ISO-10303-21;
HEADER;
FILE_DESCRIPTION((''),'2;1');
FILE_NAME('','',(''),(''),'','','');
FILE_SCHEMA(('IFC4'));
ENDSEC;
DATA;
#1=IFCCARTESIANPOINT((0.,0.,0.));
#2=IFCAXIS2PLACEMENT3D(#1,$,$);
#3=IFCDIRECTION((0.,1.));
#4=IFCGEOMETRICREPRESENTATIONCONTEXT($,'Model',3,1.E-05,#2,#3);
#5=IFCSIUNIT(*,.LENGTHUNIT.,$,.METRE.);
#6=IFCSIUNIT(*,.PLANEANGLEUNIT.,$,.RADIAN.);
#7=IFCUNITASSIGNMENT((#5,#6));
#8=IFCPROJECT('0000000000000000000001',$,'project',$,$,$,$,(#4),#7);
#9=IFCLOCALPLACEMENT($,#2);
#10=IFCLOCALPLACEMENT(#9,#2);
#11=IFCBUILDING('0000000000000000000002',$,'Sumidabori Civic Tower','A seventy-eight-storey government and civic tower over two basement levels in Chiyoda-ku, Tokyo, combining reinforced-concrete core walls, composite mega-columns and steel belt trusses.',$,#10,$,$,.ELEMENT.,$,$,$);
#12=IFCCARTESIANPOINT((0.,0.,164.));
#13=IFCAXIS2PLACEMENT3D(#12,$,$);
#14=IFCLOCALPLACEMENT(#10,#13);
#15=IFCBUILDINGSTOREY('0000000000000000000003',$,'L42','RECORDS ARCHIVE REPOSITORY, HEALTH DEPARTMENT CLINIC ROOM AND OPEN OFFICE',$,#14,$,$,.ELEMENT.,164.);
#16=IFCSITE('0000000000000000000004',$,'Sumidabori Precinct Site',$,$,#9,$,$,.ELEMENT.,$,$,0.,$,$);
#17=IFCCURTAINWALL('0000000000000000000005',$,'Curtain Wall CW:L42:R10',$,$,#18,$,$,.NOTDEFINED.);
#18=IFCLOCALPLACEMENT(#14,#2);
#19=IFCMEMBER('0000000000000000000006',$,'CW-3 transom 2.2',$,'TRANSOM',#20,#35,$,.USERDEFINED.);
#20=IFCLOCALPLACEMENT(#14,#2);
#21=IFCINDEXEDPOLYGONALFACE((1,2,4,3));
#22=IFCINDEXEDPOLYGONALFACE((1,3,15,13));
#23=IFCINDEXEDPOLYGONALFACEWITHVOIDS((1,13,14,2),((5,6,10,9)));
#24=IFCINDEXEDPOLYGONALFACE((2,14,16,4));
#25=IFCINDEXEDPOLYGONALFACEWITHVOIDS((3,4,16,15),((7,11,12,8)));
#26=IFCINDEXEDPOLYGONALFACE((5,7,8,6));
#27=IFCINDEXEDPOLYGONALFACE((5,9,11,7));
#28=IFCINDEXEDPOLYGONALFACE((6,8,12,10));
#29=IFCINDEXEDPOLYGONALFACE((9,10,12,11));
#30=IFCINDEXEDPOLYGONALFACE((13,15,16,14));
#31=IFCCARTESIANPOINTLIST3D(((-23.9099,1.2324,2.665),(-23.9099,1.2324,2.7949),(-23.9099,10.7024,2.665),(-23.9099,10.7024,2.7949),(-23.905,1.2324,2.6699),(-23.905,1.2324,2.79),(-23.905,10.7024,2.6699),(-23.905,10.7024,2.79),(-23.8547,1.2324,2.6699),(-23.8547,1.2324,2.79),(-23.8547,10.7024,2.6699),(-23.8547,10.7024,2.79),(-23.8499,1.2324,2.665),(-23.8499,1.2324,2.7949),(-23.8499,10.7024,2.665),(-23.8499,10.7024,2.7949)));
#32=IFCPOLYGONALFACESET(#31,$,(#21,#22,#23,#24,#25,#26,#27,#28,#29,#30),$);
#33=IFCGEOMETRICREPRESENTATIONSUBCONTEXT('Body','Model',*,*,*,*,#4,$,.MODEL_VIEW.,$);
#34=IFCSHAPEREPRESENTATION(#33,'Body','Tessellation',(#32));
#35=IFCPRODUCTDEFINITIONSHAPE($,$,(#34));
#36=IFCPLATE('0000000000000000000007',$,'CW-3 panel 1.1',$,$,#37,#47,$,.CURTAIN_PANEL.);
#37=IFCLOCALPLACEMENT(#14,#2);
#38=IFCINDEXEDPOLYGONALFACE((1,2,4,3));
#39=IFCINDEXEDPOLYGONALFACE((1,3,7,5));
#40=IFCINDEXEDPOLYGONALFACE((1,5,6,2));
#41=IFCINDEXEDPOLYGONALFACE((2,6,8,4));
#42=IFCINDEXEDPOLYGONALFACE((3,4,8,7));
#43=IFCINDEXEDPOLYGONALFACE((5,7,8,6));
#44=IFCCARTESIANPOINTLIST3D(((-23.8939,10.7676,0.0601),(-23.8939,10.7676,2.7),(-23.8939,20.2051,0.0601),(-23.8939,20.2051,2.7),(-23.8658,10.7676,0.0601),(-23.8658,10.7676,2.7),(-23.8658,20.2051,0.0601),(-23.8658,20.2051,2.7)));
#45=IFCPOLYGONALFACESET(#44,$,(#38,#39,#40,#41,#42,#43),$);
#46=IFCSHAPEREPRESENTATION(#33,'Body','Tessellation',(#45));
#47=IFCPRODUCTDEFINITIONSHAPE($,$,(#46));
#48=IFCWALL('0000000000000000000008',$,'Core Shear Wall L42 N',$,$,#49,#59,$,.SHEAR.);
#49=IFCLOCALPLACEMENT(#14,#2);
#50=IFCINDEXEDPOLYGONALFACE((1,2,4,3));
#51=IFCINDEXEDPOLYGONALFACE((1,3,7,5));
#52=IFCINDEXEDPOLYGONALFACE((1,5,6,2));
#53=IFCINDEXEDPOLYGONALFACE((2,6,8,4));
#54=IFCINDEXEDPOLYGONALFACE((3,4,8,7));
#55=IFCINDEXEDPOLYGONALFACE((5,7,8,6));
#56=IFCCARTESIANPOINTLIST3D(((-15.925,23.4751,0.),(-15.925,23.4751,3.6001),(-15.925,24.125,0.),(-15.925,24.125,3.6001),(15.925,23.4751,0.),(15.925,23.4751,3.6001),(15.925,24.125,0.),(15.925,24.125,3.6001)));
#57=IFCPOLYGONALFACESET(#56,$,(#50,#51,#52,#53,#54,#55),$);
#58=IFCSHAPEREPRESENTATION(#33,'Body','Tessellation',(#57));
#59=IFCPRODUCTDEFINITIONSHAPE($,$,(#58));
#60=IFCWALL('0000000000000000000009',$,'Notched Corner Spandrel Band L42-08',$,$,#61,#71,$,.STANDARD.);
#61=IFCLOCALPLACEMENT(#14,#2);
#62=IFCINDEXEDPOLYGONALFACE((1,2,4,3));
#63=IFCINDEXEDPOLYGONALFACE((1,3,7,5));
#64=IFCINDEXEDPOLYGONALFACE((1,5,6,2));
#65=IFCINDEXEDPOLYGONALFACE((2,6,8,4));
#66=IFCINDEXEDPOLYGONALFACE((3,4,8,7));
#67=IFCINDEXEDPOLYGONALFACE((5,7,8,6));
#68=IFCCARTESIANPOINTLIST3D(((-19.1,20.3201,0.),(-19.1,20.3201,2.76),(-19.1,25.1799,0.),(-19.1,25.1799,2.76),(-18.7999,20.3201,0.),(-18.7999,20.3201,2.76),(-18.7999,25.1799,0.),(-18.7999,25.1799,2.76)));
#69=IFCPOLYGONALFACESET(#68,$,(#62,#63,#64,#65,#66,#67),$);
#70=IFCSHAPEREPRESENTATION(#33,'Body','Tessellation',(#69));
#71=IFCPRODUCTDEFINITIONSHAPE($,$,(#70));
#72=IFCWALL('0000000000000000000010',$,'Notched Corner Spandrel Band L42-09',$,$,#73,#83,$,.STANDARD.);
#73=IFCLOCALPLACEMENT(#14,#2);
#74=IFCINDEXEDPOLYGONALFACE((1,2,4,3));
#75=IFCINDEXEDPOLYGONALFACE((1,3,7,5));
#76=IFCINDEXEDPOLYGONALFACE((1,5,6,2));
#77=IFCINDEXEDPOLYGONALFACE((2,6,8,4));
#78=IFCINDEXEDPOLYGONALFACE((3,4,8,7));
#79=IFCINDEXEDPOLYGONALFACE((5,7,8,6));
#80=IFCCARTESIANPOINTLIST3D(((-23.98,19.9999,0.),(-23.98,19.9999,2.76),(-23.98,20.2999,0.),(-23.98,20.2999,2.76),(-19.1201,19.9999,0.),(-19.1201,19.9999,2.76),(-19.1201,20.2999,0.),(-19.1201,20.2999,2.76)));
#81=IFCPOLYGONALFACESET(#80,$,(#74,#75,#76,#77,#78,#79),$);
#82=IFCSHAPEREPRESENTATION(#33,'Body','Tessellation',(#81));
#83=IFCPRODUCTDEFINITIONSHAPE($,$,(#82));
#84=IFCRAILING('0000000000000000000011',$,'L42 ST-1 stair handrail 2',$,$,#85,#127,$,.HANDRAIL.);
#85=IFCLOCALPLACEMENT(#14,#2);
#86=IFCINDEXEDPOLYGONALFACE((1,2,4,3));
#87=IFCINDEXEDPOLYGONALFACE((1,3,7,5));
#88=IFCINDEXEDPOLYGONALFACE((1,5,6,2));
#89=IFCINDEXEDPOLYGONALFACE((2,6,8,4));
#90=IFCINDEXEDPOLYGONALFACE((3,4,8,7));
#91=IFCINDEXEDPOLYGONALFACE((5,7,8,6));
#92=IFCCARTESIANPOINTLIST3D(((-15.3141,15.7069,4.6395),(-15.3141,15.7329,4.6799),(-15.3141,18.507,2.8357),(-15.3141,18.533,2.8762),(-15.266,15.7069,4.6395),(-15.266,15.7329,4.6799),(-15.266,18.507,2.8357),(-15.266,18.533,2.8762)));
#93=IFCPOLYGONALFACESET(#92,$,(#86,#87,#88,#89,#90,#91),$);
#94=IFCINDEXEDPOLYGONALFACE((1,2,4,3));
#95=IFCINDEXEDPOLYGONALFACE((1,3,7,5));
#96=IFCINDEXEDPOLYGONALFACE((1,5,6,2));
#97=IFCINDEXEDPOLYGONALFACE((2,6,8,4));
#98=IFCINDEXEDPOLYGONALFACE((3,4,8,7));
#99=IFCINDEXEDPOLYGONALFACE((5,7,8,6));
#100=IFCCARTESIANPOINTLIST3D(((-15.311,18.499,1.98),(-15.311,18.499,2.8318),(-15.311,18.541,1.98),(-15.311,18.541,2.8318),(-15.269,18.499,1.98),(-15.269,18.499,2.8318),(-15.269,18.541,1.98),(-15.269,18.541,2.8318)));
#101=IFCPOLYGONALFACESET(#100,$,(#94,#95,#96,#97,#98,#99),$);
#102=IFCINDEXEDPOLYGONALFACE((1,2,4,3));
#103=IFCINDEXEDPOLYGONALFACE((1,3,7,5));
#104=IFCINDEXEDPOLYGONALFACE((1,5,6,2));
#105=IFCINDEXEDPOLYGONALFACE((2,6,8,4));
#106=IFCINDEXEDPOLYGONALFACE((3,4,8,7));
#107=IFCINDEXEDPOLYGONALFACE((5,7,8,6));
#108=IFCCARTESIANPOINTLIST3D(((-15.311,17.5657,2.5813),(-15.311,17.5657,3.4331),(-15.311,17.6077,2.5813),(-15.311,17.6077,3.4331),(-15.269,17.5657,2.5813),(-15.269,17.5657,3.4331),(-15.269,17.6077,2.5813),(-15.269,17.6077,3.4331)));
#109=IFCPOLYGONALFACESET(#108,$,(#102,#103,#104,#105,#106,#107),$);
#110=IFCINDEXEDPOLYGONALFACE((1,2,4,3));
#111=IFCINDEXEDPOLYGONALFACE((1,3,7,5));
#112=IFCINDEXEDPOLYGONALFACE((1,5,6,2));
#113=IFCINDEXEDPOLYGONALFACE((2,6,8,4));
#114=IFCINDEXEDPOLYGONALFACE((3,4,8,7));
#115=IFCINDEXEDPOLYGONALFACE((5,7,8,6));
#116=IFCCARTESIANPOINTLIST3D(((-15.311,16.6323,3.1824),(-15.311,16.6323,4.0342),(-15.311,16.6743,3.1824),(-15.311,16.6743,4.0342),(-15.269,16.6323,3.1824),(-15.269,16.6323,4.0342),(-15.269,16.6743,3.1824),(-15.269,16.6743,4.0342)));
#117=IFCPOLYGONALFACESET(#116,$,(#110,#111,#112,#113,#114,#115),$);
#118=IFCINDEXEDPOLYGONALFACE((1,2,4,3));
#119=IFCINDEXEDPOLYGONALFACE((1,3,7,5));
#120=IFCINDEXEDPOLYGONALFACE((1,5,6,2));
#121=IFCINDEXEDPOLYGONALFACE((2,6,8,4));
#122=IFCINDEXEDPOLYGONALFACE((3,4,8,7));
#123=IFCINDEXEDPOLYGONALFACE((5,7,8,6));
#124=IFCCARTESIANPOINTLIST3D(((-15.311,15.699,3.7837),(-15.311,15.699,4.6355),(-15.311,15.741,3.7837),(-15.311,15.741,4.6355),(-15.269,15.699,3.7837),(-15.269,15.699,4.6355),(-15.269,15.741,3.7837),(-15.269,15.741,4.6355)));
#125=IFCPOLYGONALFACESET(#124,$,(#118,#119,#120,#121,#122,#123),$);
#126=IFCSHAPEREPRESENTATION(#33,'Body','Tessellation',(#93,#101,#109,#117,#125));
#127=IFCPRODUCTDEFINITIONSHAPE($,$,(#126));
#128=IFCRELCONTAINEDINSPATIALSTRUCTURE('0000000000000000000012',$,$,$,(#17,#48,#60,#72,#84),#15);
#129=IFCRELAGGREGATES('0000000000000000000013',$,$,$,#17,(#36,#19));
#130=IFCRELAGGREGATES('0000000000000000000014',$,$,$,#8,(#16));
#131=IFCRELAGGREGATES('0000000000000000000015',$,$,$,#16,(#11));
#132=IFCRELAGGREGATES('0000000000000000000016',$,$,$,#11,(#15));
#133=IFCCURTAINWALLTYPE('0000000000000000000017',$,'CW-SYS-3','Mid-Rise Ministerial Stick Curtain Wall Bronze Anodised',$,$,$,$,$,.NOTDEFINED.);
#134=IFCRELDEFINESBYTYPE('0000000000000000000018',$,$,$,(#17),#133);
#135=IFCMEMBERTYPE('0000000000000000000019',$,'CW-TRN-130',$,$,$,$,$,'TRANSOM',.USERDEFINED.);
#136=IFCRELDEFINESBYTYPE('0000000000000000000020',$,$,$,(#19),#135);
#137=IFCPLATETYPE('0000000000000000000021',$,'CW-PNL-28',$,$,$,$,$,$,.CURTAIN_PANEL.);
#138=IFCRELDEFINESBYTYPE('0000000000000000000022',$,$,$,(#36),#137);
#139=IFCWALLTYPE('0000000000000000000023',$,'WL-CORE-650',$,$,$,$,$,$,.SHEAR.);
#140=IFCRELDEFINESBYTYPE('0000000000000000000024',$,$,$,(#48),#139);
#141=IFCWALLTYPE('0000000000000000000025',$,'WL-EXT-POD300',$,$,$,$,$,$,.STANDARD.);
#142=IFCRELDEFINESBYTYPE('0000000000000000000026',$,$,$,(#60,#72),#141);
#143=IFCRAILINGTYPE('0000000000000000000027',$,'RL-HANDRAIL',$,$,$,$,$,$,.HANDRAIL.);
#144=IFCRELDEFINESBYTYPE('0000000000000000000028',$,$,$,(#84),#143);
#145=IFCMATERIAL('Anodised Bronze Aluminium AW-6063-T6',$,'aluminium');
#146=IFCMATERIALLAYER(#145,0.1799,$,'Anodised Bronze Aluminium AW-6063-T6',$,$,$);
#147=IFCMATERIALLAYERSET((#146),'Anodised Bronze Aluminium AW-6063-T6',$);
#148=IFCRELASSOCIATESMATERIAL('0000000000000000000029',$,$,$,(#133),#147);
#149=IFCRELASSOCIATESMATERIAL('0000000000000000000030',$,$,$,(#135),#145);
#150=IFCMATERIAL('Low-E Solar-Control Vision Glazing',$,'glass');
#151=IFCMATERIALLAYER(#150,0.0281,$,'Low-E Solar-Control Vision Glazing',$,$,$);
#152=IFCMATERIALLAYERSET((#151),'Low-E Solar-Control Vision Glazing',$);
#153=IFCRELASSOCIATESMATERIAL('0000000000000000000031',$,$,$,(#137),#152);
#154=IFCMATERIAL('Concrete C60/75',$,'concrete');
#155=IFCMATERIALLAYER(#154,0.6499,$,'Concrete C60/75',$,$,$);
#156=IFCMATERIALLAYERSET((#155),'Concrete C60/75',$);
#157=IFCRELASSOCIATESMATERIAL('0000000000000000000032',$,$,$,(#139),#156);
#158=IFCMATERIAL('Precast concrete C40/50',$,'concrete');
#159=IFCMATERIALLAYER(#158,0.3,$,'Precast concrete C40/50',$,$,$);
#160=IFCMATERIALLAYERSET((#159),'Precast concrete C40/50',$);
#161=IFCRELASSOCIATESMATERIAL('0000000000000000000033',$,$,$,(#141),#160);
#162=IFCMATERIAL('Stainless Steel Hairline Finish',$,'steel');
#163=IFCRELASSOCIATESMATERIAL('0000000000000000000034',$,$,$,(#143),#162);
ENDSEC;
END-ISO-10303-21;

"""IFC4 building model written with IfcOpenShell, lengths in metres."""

from ifc_helpers import new_model, si_unit, direction, frame, frame_2d, origin, origin_2d, place, context, subcontext, project, spatial, rectangle, hollow_rectangle, extrude, source, transform, mapped, material, layer, layer_set, material_profile, profile_set, type_object, element, aggregate, save


model = new_model("IFC4")

# Units and contexts
model_context = context("Model", 3, precision=1e-05, world=origin(), true_north=direction((0.0, 1.0)))
body_context = subcontext(model_context, "Body", "Model", "MODEL_VIEW")
ifc_project = project(units=[si_unit("LENGTHUNIT", "METRE"), si_unit("PLANEANGLEUNIT", "RADIAN")], contexts=[model_context])

# Site, building, storey
site_placement = place(None, origin())
site = spatial("IfcSite", under=ifc_project, at=site_placement, Name="Sumidabori Precinct Site", CompositionType="ELEMENT", RefElevation=0.0)
building_placement = place(site_placement, origin())
building = spatial("IfcBuilding", under=site, at=building_placement, Name="Sumidabori Civic Tower", Description="A seventy-eight-storey government and civic tower over two basement levels in Chiyoda-ku, Tokyo, combining reinforced-concrete core walls, composite mega-columns and steel belt trusses.", CompositionType="ELEMENT")
storey_placement = place(building_placement, frame((0.0, 0.0, 164.0)))
storey = spatial("IfcBuildingStorey", under=building, at=storey_placement, Name="L42", Description="RECORDS ARCHIVE REPOSITORY, HEALTH DEPARTMENT CLINIC ROOM AND OPEN OFFICE", CompositionType="ELEMENT", Elevation=164.0)

# Shared definitions
ifc_material_1 = material(Name="Concrete C60/75", Category="concrete")

# Shared definitions
ifc_material_2 = material(Name="Anodised Bronze Aluminium AW-6063-T6", Category="aluminium")
ifc_layer_1 = layer(ifc_material_2, 0.1799, Name="Anodised Bronze Aluminium AW-6063-T6")
ifc_layer_set_1 = layer_set([ifc_layer_1], Name="Anodised Bronze Aluminium AW-6063-T6")
curtain_wall_type = type_object("IfcCurtainWallType", Name="CW-SYS-3", Description="Mid-Rise Ministerial Stick Curtain Wall Bronze Anodised", PredefinedType="NOTDEFINED", material=ifc_layer_set_1)

# Curtain wall, member, plate
curtain_wall_1_placement = place(storey_placement, origin())
curtain_wall_1 = element("IfcCurtainWall", 1, at=curtain_wall_1_placement, inside=storey, type_object=curtain_wall_type, Name="Curtain Wall CW:L42:R10", PredefinedType="NOTDEFINED")
ifc_material_profile_1 = material_profile(ifc_material_2, hollow_rectangle(XDim=0.0601, YDim=0.1299, WallThickness=0.0049, at=origin_2d()), Name="ALU TRANSOM 130x60")
ifc_profile_set_1 = profile_set([ifc_material_profile_1], Name="Anodised Bronze Aluminium AW-6063-T6")
member_type_1 = type_object("IfcMemberType", Name="CW-TRN-130", ElementType="TRANSOM", PredefinedType="USERDEFINED", material=ifc_profile_set_1)
shared_shape_1 = source(origin(), body_context, "Body", "SweptSolid", [
    extrude(hollow_rectangle(XDim=0.0601, YDim=0.1299, WallThickness=0.0049, at=origin_2d()), origin(), (0.0, 0.0, 1.0), 9.47),
])
member_1_placement = place(storey_placement, frame((-23.8799, 10.7024, 2.73), z_axis=(0.0, -1.0, 0.0), x_axis=(1.0, 0.0, 0.0)))
member_1 = element("IfcMember", 2, at=member_1_placement, type_object=member_type_1, Name="CW-3 transom 2.2", ObjectType="TRANSOM", PredefinedType="USERDEFINED", context=body_context, shape_type="MappedRepresentation", body=[
    mapped(shared_shape_1, transform((0.0, 0.0, 0.0), x_axis=(1.0, 0.0, 0.0), y_axis=(0.0, 1.0, 0.0), z_axis=(0.0, 0.0, 1.0), scale=1.0)),
])
ifc_material_3 = material(Name="Low-E Solar-Control Vision Glazing", Category="glass")
ifc_layer_2 = layer(ifc_material_3, 0.0281, Name="Low-E Solar-Control Vision Glazing")
ifc_layer_set_2 = layer_set([ifc_layer_2], Name="Low-E Solar-Control Vision Glazing")
plate_type = type_object("IfcPlateType", Name="CW-PNL-28", PredefinedType="CURTAIN_PANEL", material=ifc_layer_set_2)
shared_shape_2 = source(origin(), body_context, "Body", "SweptSolid", [
    extrude(rectangle(XDim=9.4375, YDim=0.0281, at=origin_2d()), origin(), (0.0, 0.0, 1.0), 2.6399),
])
plate_placement = place(storey_placement, frame((-23.8799, 15.4863, 0.0601), z_axis=(0.0, 0.0, 1.0), x_axis=(0.0, -1.0, 0.0)))
plate = element("IfcPlate", 3, at=plate_placement, type_object=plate_type, Name="CW-3 panel 1.1", PredefinedType="CURTAIN_PANEL", context=body_context, shape_type="MappedRepresentation", body=[
    mapped(shared_shape_2, transform((0.0, 0.0, 0.0), x_axis=(1.0, 0.0, 0.0), y_axis=(0.0, 1.0, 0.0), z_axis=(0.0, 0.0, 1.0), scale=1.0)),
])
aggregate(curtain_wall_1, [plate, member_1])

# Walls
ifc_layer_3 = layer(ifc_material_1, 0.6499, Name="Concrete C60/75")
ifc_layer_set_3 = layer_set([ifc_layer_3], Name="Concrete C60/75")
wall_type_1 = type_object("IfcWallType", Name="WL-CORE-650", PredefinedType="SHEAR", material=ifc_layer_set_3)
shared_shape_3 = source(origin(), body_context, "Body", "SweptSolid", [
    extrude(rectangle(XDim=31.8501, YDim=0.6499, at=frame_2d((15.925, 0.0))), origin(), (0.0, 0.0, 1.0), 3.6001),
])
wall_placement = place(storey_placement, frame((-15.925, 23.8, 0.0), z_axis=(0.0, 0.0, 1.0), x_axis=(1.0, 0.0, 0.0)))
element("IfcWall", 4, at=wall_placement, inside=storey, type_object=wall_type_1, Name="Core Shear Wall L42 N", PredefinedType="SHEAR", context=body_context, shape_type="MappedRepresentation", body=[
    mapped(shared_shape_3, transform((0.0, 0.0, 0.0), x_axis=(1.0, 0.0, 0.0), y_axis=(0.0, 1.0, 0.0), z_axis=(0.0, 0.0, 1.0), scale=1.0)),
])
ifc_material_4 = material(Name="Precast concrete C40/50", Category="concrete")
ifc_layer_4 = layer(ifc_material_4, 0.3, Name="Precast concrete C40/50")
ifc_layer_set_4 = layer_set([ifc_layer_4], Name="Precast concrete C40/50")
wall_type_2 = type_object("IfcWallType", Name="WL-EXT-POD300", PredefinedType="STANDARD", material=ifc_layer_set_4)
shared_shape_4 = source(origin(), body_context, "Body", "SweptSolid", [
    extrude(rectangle(XDim=4.8599, YDim=0.3, at=frame_2d((2.4299, 0.0))), origin(), (0.0, 0.0, 1.0), 2.76),
])
for number, where, z_axis, x_axis, name in (
    (5, (-18.95, 25.1799, 0.0), (0.0, 0.0, 1.0), (0.0, -1.0, 0.0), "Notched Corner Spandrel Band L42-08"),
    (6, (-19.1201, 20.1499, 0.0), (0.0, 0.0, 1.0), (-1.0, 0.0, 0.0), "Notched Corner Spandrel Band L42-09"),
):
    element("IfcWall", number, at=place(storey_placement, frame(where, z_axis=z_axis, x_axis=x_axis)), inside=storey, type_object=wall_type_2, Name=name, PredefinedType="STANDARD", context=body_context, shape_type="MappedRepresentation", body=[
        mapped(shared_shape_4, transform((0.0, 0.0, 0.0), x_axis=(1.0, 0.0, 0.0), y_axis=(0.0, 1.0, 0.0), z_axis=(0.0, 0.0, 1.0), scale=1.0)),
    ])

# Railing
ifc_material_5 = material(Name="Stainless Steel Hairline Finish", Category="steel")
railing_type = type_object("IfcRailingType", Name="RL-HANDRAIL", PredefinedType="HANDRAIL", material=ifc_material_5)
railing_placement = place(storey_placement, frame((-15.29, 18.52, 1.98)))
element("IfcRailing", 7, at=railing_placement, inside=storey, type_object=railing_type, Name="L42 ST-1 stair handrail 2", PredefinedType="HANDRAIL", context=body_context, shape_type="SweptSolid", body=[
    extrude(rectangle(XDim=0.0481, YDim=0.0481, at=origin_2d()), frame((0.0, 0.0, 0.876), z_axis=(0.0, -0.840676, 0.541539), x_axis=(1.0, 0.0, 0.0)), (0.0, 0.0, 1.0), 3.3308),
    extrude(rectangle(XDim=0.042, YDim=0.042, at=origin_2d()), origin(), (0.0, 0.0, 1.0), 0.8518),
    extrude(rectangle(XDim=0.042, YDim=0.042, at=origin_2d()), frame((0.0, -0.9333, 0.6013)), (0.0, 0.0, 1.0), 0.8518),
    extrude(rectangle(XDim=0.042, YDim=0.042, at=origin_2d()), frame((0.0, -1.8667, 1.2024)), (0.0, 0.0, 1.0), 0.8518),
    extrude(rectangle(XDim=0.042, YDim=0.042, at=origin_2d()), frame((0.0, -2.8, 1.8037)), (0.0, 0.0, 1.0), 0.8518),
])

save(model, "model.ifc")
